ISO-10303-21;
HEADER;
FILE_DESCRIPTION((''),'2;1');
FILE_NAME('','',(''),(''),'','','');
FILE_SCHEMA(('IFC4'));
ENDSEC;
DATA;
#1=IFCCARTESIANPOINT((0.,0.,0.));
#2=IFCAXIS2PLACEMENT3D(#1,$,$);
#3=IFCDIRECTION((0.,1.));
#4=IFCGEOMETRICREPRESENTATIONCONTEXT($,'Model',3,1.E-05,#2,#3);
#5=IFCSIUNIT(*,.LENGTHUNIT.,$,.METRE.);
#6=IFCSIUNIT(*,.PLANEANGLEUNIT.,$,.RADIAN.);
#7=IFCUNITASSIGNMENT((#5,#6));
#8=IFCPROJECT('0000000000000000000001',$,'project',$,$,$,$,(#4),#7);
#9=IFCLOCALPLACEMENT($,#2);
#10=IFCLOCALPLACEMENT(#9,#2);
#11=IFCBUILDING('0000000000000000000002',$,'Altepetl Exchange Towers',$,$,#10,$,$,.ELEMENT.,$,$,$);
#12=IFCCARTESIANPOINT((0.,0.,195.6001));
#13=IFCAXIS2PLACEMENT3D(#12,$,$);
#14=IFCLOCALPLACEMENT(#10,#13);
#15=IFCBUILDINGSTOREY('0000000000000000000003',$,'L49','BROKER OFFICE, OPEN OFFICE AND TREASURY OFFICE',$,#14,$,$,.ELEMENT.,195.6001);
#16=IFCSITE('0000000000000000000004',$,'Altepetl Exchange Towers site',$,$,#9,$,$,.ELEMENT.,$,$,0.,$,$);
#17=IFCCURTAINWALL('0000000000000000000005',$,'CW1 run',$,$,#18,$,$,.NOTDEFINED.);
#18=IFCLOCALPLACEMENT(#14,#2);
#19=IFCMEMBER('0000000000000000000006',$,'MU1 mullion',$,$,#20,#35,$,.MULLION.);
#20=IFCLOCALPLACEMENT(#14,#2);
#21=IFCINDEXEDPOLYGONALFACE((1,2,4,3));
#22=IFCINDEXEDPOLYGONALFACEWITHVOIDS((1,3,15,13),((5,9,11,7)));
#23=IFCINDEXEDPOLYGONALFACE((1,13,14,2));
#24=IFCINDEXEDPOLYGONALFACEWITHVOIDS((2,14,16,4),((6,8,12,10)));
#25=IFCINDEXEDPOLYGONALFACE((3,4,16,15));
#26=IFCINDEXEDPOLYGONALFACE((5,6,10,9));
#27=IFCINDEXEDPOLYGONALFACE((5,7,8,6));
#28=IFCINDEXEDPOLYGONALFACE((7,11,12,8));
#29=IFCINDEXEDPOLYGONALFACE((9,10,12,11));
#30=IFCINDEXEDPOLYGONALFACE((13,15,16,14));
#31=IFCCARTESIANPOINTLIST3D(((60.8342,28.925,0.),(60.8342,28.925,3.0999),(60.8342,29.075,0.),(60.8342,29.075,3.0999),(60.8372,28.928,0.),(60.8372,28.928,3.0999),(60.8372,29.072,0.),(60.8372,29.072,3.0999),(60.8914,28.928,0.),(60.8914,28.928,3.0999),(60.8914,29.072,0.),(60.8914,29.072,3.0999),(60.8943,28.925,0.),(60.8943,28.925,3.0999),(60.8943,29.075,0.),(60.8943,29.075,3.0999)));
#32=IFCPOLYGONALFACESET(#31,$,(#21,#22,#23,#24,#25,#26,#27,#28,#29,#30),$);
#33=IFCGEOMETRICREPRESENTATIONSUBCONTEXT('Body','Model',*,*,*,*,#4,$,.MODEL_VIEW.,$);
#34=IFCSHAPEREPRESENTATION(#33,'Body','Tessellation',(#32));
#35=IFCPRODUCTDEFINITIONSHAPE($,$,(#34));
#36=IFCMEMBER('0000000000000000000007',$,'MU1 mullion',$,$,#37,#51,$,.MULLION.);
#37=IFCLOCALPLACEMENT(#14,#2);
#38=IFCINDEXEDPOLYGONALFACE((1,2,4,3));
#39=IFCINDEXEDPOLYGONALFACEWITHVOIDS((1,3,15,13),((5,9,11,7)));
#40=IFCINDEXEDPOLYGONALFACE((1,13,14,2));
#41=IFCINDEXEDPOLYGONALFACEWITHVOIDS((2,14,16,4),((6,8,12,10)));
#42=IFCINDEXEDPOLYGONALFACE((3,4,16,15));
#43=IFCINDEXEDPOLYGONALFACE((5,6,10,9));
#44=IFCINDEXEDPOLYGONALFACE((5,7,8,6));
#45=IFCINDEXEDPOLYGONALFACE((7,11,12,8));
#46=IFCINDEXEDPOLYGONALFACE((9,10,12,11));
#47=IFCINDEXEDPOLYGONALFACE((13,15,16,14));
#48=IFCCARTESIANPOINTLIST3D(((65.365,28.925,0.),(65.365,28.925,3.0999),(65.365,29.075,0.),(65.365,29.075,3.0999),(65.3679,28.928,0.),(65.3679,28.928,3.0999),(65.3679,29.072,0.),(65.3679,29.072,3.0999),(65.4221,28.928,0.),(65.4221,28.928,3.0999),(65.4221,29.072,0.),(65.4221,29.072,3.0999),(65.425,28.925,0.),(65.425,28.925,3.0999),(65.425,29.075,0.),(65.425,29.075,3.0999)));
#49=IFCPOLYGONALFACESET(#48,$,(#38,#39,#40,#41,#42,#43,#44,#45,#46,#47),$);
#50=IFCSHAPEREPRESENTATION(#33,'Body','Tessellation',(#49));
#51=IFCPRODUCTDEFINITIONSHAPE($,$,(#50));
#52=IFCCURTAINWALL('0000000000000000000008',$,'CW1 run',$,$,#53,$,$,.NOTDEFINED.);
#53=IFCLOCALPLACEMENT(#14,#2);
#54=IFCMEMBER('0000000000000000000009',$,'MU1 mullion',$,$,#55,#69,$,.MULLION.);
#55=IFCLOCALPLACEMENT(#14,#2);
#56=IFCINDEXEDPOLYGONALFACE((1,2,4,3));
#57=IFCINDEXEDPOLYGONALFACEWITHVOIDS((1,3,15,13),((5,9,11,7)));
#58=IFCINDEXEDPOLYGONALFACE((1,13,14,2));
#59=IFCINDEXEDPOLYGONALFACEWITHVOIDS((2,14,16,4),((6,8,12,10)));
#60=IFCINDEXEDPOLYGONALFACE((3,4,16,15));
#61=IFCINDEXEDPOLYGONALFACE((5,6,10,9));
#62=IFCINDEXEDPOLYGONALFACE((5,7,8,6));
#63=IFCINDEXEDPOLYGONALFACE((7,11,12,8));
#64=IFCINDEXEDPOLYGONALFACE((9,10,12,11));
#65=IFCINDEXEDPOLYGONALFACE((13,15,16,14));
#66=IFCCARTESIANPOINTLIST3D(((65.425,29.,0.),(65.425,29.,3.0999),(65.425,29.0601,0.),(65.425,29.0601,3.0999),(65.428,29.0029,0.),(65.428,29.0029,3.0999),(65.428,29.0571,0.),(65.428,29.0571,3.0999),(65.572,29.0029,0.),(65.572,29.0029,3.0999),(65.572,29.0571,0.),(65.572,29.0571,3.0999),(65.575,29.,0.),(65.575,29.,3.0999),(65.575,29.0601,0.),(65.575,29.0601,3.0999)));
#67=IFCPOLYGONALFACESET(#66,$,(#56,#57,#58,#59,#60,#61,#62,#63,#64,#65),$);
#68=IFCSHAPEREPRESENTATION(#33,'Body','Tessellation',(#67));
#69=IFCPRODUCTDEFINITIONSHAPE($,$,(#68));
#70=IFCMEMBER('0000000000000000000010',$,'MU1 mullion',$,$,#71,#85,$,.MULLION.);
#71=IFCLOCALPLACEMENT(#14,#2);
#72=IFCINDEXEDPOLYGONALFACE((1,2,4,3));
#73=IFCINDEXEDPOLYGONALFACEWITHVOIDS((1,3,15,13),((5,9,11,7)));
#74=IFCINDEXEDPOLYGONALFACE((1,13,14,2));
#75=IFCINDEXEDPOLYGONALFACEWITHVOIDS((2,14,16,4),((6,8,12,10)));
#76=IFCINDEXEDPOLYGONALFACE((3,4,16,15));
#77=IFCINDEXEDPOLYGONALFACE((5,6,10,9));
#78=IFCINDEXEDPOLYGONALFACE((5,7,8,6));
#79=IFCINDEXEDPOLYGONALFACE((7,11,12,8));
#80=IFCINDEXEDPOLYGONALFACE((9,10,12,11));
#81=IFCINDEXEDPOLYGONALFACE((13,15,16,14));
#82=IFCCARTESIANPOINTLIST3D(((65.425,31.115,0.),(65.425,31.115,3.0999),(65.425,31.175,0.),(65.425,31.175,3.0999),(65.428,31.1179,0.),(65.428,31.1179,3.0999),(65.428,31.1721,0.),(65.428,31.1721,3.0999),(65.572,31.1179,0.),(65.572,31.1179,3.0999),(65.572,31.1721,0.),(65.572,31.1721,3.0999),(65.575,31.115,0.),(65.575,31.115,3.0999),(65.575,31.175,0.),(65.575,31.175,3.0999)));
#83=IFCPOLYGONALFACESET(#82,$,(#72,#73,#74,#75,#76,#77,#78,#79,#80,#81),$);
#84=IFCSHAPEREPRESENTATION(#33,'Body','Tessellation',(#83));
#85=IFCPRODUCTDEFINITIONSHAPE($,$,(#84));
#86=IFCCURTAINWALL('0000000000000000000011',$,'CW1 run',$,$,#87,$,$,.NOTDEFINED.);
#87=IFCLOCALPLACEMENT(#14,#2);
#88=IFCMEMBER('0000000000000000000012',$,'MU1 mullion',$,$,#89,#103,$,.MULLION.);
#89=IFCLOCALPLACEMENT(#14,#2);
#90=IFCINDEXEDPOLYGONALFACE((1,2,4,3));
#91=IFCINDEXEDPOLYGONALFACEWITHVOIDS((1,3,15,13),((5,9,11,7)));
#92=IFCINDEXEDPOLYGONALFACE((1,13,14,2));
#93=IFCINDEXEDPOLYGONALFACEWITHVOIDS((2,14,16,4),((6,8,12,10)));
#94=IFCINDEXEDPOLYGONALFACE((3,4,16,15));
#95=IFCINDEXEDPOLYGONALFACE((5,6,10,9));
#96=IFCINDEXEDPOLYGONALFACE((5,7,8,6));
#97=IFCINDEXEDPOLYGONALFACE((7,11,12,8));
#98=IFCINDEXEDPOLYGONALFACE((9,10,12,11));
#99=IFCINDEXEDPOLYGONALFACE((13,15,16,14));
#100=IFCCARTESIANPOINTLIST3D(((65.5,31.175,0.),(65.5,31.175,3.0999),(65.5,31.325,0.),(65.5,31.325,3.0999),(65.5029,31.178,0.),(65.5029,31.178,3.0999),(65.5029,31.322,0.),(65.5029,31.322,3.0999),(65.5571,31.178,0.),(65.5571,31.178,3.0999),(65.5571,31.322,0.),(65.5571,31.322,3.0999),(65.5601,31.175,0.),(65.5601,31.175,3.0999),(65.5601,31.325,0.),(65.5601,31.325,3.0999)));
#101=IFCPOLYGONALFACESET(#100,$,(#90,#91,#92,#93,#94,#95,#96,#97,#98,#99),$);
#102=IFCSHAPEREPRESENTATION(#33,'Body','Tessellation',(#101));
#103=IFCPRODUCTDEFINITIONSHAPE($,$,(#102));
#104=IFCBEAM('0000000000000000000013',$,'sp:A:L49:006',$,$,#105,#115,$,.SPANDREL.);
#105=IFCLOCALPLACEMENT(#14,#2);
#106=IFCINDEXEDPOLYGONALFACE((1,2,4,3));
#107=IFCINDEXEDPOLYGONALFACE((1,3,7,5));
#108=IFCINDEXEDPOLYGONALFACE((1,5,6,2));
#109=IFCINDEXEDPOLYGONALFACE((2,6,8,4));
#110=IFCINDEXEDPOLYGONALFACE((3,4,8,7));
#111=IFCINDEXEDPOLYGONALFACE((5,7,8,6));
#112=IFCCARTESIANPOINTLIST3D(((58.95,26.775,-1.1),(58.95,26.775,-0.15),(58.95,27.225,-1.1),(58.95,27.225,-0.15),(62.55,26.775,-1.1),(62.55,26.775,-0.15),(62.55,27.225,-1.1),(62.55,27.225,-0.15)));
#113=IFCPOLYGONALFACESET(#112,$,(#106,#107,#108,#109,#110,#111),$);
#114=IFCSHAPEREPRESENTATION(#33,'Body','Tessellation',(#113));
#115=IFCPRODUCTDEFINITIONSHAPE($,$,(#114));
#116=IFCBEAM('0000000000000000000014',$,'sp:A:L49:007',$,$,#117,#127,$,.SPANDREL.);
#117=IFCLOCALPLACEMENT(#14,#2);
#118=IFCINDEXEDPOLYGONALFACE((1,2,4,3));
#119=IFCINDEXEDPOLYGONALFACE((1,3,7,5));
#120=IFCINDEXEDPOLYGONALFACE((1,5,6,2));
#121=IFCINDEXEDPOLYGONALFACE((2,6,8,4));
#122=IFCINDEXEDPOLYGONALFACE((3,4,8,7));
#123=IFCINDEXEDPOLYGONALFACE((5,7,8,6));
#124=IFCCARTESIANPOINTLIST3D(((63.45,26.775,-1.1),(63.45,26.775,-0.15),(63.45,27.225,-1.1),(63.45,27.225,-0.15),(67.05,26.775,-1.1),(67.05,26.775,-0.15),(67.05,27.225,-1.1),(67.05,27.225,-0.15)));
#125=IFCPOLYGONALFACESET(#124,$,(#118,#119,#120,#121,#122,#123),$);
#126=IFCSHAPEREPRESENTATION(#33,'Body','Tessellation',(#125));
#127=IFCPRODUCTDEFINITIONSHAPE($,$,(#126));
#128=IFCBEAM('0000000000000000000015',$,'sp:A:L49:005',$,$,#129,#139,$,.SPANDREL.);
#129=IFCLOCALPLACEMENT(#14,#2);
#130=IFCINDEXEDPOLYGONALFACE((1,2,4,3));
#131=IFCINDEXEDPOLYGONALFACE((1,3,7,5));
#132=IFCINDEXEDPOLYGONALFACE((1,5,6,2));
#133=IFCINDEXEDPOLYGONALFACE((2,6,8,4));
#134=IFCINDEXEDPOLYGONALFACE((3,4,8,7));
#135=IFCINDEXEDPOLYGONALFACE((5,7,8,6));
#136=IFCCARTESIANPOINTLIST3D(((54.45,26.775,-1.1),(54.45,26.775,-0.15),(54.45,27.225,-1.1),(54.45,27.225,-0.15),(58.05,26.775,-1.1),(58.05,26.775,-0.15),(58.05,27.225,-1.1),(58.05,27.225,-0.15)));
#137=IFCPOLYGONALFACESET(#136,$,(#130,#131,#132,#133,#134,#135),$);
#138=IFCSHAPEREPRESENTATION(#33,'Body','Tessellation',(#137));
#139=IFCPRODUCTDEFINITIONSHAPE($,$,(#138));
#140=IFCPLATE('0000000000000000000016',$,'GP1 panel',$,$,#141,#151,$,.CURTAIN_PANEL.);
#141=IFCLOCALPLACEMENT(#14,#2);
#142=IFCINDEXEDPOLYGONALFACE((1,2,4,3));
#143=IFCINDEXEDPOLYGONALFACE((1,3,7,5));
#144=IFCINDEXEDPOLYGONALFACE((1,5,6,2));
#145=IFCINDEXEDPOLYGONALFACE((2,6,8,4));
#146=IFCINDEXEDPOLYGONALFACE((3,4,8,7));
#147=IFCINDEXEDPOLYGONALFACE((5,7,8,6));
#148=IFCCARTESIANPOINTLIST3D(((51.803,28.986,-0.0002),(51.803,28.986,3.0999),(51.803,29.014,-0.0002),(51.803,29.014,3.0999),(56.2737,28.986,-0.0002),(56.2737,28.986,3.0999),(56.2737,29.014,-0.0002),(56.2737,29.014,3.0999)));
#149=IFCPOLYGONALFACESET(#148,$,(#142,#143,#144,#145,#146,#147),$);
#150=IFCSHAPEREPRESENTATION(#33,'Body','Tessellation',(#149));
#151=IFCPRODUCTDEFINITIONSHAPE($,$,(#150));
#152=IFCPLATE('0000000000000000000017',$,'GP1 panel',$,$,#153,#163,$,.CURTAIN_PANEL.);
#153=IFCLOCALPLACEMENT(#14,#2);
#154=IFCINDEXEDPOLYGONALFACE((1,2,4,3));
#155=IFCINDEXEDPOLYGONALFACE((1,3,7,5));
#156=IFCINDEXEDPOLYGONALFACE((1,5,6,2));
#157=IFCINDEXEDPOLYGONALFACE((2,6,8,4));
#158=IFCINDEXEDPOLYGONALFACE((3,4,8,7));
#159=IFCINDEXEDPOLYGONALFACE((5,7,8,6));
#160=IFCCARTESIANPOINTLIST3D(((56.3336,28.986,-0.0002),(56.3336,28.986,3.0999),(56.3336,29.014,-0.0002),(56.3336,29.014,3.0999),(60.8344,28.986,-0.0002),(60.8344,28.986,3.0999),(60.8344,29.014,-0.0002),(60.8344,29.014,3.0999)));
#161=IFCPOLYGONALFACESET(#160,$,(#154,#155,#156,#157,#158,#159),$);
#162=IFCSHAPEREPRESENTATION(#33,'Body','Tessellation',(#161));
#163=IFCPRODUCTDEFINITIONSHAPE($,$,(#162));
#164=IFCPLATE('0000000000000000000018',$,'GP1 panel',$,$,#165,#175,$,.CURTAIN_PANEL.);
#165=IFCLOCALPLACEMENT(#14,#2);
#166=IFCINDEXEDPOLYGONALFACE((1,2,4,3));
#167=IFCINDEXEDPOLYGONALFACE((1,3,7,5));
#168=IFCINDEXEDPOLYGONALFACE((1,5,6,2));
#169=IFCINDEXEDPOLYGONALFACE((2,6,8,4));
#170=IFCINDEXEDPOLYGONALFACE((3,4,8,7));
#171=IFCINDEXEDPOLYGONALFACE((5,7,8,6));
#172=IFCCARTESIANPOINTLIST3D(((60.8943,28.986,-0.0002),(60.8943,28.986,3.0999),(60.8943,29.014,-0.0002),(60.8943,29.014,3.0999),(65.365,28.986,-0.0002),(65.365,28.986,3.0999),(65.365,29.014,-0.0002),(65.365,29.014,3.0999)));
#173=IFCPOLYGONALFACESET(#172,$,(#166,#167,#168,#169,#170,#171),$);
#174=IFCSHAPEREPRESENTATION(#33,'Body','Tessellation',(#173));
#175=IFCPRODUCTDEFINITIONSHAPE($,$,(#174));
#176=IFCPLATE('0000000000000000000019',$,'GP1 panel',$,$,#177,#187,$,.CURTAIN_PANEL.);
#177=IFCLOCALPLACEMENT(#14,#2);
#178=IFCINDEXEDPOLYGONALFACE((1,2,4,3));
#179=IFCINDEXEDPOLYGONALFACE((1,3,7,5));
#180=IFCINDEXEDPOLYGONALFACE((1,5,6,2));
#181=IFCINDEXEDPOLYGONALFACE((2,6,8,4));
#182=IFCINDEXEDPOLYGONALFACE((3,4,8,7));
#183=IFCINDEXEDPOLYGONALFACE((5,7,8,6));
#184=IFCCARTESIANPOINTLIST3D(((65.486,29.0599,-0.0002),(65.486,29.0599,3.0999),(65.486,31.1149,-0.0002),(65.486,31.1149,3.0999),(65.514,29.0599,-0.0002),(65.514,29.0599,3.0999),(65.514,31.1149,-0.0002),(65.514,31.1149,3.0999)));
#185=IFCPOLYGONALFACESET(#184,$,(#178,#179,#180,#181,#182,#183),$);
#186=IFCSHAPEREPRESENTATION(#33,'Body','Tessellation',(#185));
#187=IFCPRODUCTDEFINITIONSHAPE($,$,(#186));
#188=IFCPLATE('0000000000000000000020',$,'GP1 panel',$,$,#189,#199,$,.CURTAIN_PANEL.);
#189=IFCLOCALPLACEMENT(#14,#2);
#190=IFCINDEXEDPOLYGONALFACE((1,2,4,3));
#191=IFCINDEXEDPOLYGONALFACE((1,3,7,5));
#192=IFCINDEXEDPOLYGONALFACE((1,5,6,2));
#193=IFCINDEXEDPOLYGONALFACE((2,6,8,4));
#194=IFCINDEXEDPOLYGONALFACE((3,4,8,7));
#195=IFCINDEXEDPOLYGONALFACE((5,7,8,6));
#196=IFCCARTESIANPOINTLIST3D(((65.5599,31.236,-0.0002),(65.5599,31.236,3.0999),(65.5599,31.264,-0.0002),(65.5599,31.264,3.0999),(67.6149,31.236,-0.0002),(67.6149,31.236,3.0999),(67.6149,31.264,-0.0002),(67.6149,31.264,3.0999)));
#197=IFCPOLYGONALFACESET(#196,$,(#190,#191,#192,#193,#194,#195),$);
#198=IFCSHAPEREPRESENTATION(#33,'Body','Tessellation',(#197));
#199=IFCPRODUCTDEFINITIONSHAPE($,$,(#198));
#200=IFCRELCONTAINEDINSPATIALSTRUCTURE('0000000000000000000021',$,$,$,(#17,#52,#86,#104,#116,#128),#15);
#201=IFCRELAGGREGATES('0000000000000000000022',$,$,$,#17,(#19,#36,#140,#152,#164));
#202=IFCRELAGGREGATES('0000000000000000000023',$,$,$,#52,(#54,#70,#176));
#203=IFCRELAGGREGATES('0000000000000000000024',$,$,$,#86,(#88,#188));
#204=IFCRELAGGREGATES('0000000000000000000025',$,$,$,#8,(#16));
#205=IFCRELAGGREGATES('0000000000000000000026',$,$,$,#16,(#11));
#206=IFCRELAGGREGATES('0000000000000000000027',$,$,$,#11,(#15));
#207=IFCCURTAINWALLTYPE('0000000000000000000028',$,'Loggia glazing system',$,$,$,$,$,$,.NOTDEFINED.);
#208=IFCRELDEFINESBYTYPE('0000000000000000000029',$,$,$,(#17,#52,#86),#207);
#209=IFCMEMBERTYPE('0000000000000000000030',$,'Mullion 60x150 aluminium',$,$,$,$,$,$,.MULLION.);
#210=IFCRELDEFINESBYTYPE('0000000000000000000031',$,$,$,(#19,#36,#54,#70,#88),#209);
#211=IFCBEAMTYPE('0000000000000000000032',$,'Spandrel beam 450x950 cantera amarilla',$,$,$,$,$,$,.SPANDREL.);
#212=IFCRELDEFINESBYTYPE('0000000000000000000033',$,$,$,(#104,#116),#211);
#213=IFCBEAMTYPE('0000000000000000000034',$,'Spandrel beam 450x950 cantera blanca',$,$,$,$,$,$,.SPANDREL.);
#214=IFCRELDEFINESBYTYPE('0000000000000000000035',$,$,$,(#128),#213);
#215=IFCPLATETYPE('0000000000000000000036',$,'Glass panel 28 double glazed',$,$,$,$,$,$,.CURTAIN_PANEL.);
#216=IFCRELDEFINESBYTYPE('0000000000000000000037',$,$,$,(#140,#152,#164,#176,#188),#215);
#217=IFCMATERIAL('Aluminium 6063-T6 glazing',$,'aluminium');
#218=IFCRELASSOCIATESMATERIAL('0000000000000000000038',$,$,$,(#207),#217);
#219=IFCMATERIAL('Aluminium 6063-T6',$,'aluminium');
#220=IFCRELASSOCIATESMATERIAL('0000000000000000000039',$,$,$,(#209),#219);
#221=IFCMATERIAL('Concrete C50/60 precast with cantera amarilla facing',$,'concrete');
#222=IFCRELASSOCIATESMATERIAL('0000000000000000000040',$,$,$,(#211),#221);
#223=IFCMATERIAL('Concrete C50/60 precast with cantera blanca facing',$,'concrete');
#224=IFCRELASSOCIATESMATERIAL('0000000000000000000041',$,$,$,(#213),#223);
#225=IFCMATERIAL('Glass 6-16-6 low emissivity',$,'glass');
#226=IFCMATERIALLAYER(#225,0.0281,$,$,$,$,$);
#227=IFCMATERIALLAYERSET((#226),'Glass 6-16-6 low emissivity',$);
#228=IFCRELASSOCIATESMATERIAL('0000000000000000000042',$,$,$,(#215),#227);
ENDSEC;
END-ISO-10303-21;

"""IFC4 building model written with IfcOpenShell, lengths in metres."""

from ifc_helpers import new_model, si_unit, direction, frame, origin, origin_2d, place, context, subcontext, project, spatial, rectangle, hollow_rectangle, extrude, material, layer, layer_set, material_profile, profile_set, type_object, element, aggregate, save


model = new_model("IFC4")

# Units and contexts
model_context = context("Model", 3, precision=1e-05, world=origin(), true_north=direction((0.0, 1.0)))
body_context = subcontext(model_context, "Body", "Model", "MODEL_VIEW")
ifc_project = project(units=[si_unit("LENGTHUNIT", "METRE"), si_unit("PLANEANGLEUNIT", "RADIAN")], contexts=[model_context])

# Site, building, storey
site_placement = place(None, origin())
site = spatial("IfcSite", under=ifc_project, at=site_placement, Name="Altepetl Exchange Towers site", CompositionType="ELEMENT", RefElevation=0.0)
building_placement = place(site_placement, origin())
building = spatial("IfcBuilding", under=site, at=building_placement, Name="Altepetl Exchange Towers", CompositionType="ELEMENT")
storey_placement = place(building_placement, frame((0.0, 0.0, 195.6001)))
storey = spatial("IfcBuildingStorey", under=building, at=storey_placement, Name="L49", Description="BROKER OFFICE, OPEN OFFICE AND TREASURY OFFICE", CompositionType="ELEMENT", Elevation=195.6001)

# Curtain walls, members
ifc_material_1 = material(Name="Aluminium 6063-T6 glazing", Category="aluminium")
curtain_wall_type = type_object("IfcCurtainWallType", Name="Loggia glazing system", PredefinedType="NOTDEFINED", material=ifc_material_1)
curtain_wall_1_placement = place(storey_placement, origin())
curtain_wall_1 = element("IfcCurtainWall", 1, at=curtain_wall_1_placement, inside=storey, type_object=curtain_wall_type, Name="CW1 run", PredefinedType="NOTDEFINED")
ifc_material_2 = material(Name="Aluminium 6063-T6", Category="aluminium")
ifc_material_profile_1 = material_profile(ifc_material_2, hollow_rectangle(XDim=0.0601, YDim=0.1499, WallThickness=0.0029, at=origin_2d()), Name="Mullion 60x150 aluminium")
ifc_profile_set_1 = profile_set([ifc_material_profile_1], Name="Aluminium 6063-T6")
member_type = type_object("IfcMemberType", Name="Mullion 60x150 aluminium", PredefinedType="MULLION", material=ifc_profile_set_1)
member_1_placement = place(storey_placement, frame((60.8643, 29.0, 0.0)))
member_1 = element("IfcMember", 2, at=member_1_placement, type_object=member_type, Name="MU1 mullion", PredefinedType="MULLION", context=body_context, shape_type="SweptSolid", body=[
    extrude(hollow_rectangle(XDim=0.0601, YDim=0.1499, WallThickness=0.0029, at=origin_2d()), origin(), (0.0, 0.0, 1.0), 3.0999),
])
member_2_placement = place(storey_placement, frame((65.395, 29.0, 0.0)))
member_2 = element("IfcMember", 3, at=member_2_placement, type_object=member_type, Name="MU1 mullion", PredefinedType="MULLION", context=body_context, shape_type="SweptSolid", body=[
    extrude(hollow_rectangle(XDim=0.0601, YDim=0.1499, WallThickness=0.0029, at=origin_2d()), origin(), (0.0, 0.0, 1.0), 3.0999),
])
curtain_wall_2_placement = place(storey_placement, origin())
curtain_wall_2 = element("IfcCurtainWall", 4, at=curtain_wall_2_placement, inside=storey, type_object=curtain_wall_type, Name="CW1 run", PredefinedType="NOTDEFINED")
member_3_placement = place(storey_placement, frame((65.5, 29.03, 0.0), z_axis=(0.0, 0.0, 1.0), x_axis=(0.0, 1.0, 0.0)))
member_3 = element("IfcMember", 5, at=member_3_placement, type_object=member_type, Name="MU1 mullion", PredefinedType="MULLION", context=body_context, shape_type="SweptSolid", body=[
    extrude(hollow_rectangle(XDim=0.0601, YDim=0.1499, WallThickness=0.0029, at=origin_2d()), origin(), (0.0, 0.0, 1.0), 3.0999),
])
member_4_placement = place(storey_placement, frame((65.5, 31.145, 0.0), z_axis=(0.0, 0.0, 1.0), x_axis=(0.0, 1.0, 0.0)))
member_4 = element("IfcMember", 6, at=member_4_placement, type_object=member_type, Name="MU1 mullion", PredefinedType="MULLION", context=body_context, shape_type="SweptSolid", body=[
    extrude(hollow_rectangle(XDim=0.0601, YDim=0.1499, WallThickness=0.0029, at=origin_2d()), origin(), (0.0, 0.0, 1.0), 3.0999),
])

# Curtain wall, member
curtain_wall_3_placement = place(storey_placement, origin())
curtain_wall_3 = element("IfcCurtainWall", 7, at=curtain_wall_3_placement, inside=storey, type_object=curtain_wall_type, Name="CW1 run", PredefinedType="NOTDEFINED")
member_5_placement = place(storey_placement, frame((65.53, 31.25, 0.0)))
member_5 = element("IfcMember", 8, at=member_5_placement, type_object=member_type, Name="MU1 mullion", PredefinedType="MULLION", context=body_context, shape_type="SweptSolid", body=[
    extrude(hollow_rectangle(XDim=0.0601, YDim=0.1499, WallThickness=0.0029, at=origin_2d()), origin(), (0.0, 0.0, 1.0), 3.0999),
])

# Beams
ifc_material_3 = material(Name="Concrete C50/60 precast with cantera amarilla facing", Category="concrete")
ifc_material_profile_2 = material_profile(ifc_material_3, rectangle(XDim=0.45, YDim=0.95, at=origin_2d()), Name="450 x 950")
ifc_profile_set_2 = profile_set([ifc_material_profile_2], Name="Concrete C50/60 precast with cantera amarilla facing")
beam_type_1 = type_object("IfcBeamType", Name="Spandrel beam 450x950 cantera amarilla", PredefinedType="SPANDREL", material=ifc_profile_set_2)
for number, where, z_axis, x_axis, name in (
    (9, (58.95, 27.0, -0.625), (1.0, 0.0, 0.0), (0.0, 1.0, 0.0), "sp:A:L49:006"),
    (10, (63.45, 27.0, -0.625), (1.0, 0.0, 0.0), (0.0, 1.0, 0.0), "sp:A:L49:007"),
):
    element("IfcBeam", number, at=place(storey_placement, frame(where, z_axis=z_axis, x_axis=x_axis)), inside=storey, type_object=beam_type_1, Name=name, PredefinedType="SPANDREL", context=body_context, shape_type="SweptSolid", body=[
        extrude(rectangle(XDim=0.45, YDim=0.95, at=origin_2d()), origin(), (0.0, 0.0, 1.0), 3.6001),
    ])
ifc_material_4 = material(Name="Concrete C50/60 precast with cantera blanca facing", Category="concrete")
ifc_material_profile_3 = material_profile(ifc_material_4, rectangle(XDim=0.45, YDim=0.95, at=origin_2d()), Name="450 x 950")
ifc_profile_set_3 = profile_set([ifc_material_profile_3], Name="Concrete C50/60 precast with cantera blanca facing")
beam_type_2 = type_object("IfcBeamType", Name="Spandrel beam 450x950 cantera blanca", PredefinedType="SPANDREL", material=ifc_profile_set_3)
beam_1_placement = place(storey_placement, frame((54.45, 27.0, -0.625), z_axis=(1.0, 0.0, 0.0), x_axis=(0.0, 1.0, 0.0)))
element("IfcBeam", 11, at=beam_1_placement, inside=storey, type_object=beam_type_2, Name="sp:A:L49:005", PredefinedType="SPANDREL", context=body_context, shape_type="SweptSolid", body=[
    extrude(rectangle(XDim=0.45, YDim=0.95, at=origin_2d()), origin(), (0.0, 0.0, 1.0), 3.6001),
])

# Plates
ifc_material_5 = material(Name="Glass 6-16-6 low emissivity", Category="glass")
ifc_layer_1 = layer(ifc_material_5, 0.0281)
ifc_layer_set_1 = layer_set([ifc_layer_1], Name="Glass 6-16-6 low emissivity")
plate_type = type_object("IfcPlateType", Name="Glass panel 28 double glazed", PredefinedType="CURTAIN_PANEL", material=ifc_layer_set_1)
plate_1_placement = place(storey_placement, frame((54.0383, 29.0, -0.0002)))
plate_1 = element("IfcPlate", 12, at=plate_1_placement, type_object=plate_type, Name="GP1 panel", PredefinedType="CURTAIN_PANEL", context=body_context, shape_type="SweptSolid", body=[
    extrude(rectangle(XDim=4.4707, YDim=0.0281, at=origin_2d()), origin(), (0.0, 0.0, 1.0), 3.1001),
])
plate_2_placement = place(storey_placement, frame((58.584, 29.0, -0.0002)))
plate_2 = element("IfcPlate", 13, at=plate_2_placement, type_object=plate_type, Name="GP1 panel", PredefinedType="CURTAIN_PANEL", context=body_context, shape_type="SweptSolid", body=[
    extrude(rectangle(XDim=4.5007, YDim=0.0281, at=origin_2d()), origin(), (0.0, 0.0, 1.0), 3.1001),
])
plate_3_placement = place(storey_placement, frame((63.1296, 29.0, -0.0002)))
plate_3 = element("IfcPlate", 14, at=plate_3_placement, type_object=plate_type, Name="GP1 panel", PredefinedType="CURTAIN_PANEL", context=body_context, shape_type="SweptSolid", body=[
    extrude(rectangle(XDim=4.4707, YDim=0.0281, at=origin_2d()), origin(), (0.0, 0.0, 1.0), 3.1001),
])
aggregate(curtain_wall_1, [member_1, member_2, plate_1, plate_2, plate_3])
plate_4_placement = place(storey_placement, frame((65.5, 30.0874, -0.0002), z_axis=(0.0, 0.0, 1.0), x_axis=(0.0, 1.0, 0.0)))
plate_4 = element("IfcPlate", 15, at=plate_4_placement, type_object=plate_type, Name="GP1 panel", PredefinedType="CURTAIN_PANEL", context=body_context, shape_type="SweptSolid", body=[
    extrude(rectangle(XDim=2.0549, YDim=0.0281, at=origin_2d()), origin(), (0.0, 0.0, 1.0), 3.1001),
])
aggregate(curtain_wall_2, [member_3, member_4, plate_4])
plate_5_placement = place(storey_placement, frame((66.5874, 31.25, -0.0002)))
plate_5 = element("IfcPlate", 16, at=plate_5_placement, type_object=plate_type, Name="GP1 panel", PredefinedType="CURTAIN_PANEL", context=body_context, shape_type="SweptSolid", body=[
    extrude(rectangle(XDim=2.0549, YDim=0.0281, at=origin_2d()), origin(), (0.0, 0.0, 1.0), 3.1001),
])
aggregate(curtain_wall_3, [member_5, plate_5])

save(model, "model.ifc")
